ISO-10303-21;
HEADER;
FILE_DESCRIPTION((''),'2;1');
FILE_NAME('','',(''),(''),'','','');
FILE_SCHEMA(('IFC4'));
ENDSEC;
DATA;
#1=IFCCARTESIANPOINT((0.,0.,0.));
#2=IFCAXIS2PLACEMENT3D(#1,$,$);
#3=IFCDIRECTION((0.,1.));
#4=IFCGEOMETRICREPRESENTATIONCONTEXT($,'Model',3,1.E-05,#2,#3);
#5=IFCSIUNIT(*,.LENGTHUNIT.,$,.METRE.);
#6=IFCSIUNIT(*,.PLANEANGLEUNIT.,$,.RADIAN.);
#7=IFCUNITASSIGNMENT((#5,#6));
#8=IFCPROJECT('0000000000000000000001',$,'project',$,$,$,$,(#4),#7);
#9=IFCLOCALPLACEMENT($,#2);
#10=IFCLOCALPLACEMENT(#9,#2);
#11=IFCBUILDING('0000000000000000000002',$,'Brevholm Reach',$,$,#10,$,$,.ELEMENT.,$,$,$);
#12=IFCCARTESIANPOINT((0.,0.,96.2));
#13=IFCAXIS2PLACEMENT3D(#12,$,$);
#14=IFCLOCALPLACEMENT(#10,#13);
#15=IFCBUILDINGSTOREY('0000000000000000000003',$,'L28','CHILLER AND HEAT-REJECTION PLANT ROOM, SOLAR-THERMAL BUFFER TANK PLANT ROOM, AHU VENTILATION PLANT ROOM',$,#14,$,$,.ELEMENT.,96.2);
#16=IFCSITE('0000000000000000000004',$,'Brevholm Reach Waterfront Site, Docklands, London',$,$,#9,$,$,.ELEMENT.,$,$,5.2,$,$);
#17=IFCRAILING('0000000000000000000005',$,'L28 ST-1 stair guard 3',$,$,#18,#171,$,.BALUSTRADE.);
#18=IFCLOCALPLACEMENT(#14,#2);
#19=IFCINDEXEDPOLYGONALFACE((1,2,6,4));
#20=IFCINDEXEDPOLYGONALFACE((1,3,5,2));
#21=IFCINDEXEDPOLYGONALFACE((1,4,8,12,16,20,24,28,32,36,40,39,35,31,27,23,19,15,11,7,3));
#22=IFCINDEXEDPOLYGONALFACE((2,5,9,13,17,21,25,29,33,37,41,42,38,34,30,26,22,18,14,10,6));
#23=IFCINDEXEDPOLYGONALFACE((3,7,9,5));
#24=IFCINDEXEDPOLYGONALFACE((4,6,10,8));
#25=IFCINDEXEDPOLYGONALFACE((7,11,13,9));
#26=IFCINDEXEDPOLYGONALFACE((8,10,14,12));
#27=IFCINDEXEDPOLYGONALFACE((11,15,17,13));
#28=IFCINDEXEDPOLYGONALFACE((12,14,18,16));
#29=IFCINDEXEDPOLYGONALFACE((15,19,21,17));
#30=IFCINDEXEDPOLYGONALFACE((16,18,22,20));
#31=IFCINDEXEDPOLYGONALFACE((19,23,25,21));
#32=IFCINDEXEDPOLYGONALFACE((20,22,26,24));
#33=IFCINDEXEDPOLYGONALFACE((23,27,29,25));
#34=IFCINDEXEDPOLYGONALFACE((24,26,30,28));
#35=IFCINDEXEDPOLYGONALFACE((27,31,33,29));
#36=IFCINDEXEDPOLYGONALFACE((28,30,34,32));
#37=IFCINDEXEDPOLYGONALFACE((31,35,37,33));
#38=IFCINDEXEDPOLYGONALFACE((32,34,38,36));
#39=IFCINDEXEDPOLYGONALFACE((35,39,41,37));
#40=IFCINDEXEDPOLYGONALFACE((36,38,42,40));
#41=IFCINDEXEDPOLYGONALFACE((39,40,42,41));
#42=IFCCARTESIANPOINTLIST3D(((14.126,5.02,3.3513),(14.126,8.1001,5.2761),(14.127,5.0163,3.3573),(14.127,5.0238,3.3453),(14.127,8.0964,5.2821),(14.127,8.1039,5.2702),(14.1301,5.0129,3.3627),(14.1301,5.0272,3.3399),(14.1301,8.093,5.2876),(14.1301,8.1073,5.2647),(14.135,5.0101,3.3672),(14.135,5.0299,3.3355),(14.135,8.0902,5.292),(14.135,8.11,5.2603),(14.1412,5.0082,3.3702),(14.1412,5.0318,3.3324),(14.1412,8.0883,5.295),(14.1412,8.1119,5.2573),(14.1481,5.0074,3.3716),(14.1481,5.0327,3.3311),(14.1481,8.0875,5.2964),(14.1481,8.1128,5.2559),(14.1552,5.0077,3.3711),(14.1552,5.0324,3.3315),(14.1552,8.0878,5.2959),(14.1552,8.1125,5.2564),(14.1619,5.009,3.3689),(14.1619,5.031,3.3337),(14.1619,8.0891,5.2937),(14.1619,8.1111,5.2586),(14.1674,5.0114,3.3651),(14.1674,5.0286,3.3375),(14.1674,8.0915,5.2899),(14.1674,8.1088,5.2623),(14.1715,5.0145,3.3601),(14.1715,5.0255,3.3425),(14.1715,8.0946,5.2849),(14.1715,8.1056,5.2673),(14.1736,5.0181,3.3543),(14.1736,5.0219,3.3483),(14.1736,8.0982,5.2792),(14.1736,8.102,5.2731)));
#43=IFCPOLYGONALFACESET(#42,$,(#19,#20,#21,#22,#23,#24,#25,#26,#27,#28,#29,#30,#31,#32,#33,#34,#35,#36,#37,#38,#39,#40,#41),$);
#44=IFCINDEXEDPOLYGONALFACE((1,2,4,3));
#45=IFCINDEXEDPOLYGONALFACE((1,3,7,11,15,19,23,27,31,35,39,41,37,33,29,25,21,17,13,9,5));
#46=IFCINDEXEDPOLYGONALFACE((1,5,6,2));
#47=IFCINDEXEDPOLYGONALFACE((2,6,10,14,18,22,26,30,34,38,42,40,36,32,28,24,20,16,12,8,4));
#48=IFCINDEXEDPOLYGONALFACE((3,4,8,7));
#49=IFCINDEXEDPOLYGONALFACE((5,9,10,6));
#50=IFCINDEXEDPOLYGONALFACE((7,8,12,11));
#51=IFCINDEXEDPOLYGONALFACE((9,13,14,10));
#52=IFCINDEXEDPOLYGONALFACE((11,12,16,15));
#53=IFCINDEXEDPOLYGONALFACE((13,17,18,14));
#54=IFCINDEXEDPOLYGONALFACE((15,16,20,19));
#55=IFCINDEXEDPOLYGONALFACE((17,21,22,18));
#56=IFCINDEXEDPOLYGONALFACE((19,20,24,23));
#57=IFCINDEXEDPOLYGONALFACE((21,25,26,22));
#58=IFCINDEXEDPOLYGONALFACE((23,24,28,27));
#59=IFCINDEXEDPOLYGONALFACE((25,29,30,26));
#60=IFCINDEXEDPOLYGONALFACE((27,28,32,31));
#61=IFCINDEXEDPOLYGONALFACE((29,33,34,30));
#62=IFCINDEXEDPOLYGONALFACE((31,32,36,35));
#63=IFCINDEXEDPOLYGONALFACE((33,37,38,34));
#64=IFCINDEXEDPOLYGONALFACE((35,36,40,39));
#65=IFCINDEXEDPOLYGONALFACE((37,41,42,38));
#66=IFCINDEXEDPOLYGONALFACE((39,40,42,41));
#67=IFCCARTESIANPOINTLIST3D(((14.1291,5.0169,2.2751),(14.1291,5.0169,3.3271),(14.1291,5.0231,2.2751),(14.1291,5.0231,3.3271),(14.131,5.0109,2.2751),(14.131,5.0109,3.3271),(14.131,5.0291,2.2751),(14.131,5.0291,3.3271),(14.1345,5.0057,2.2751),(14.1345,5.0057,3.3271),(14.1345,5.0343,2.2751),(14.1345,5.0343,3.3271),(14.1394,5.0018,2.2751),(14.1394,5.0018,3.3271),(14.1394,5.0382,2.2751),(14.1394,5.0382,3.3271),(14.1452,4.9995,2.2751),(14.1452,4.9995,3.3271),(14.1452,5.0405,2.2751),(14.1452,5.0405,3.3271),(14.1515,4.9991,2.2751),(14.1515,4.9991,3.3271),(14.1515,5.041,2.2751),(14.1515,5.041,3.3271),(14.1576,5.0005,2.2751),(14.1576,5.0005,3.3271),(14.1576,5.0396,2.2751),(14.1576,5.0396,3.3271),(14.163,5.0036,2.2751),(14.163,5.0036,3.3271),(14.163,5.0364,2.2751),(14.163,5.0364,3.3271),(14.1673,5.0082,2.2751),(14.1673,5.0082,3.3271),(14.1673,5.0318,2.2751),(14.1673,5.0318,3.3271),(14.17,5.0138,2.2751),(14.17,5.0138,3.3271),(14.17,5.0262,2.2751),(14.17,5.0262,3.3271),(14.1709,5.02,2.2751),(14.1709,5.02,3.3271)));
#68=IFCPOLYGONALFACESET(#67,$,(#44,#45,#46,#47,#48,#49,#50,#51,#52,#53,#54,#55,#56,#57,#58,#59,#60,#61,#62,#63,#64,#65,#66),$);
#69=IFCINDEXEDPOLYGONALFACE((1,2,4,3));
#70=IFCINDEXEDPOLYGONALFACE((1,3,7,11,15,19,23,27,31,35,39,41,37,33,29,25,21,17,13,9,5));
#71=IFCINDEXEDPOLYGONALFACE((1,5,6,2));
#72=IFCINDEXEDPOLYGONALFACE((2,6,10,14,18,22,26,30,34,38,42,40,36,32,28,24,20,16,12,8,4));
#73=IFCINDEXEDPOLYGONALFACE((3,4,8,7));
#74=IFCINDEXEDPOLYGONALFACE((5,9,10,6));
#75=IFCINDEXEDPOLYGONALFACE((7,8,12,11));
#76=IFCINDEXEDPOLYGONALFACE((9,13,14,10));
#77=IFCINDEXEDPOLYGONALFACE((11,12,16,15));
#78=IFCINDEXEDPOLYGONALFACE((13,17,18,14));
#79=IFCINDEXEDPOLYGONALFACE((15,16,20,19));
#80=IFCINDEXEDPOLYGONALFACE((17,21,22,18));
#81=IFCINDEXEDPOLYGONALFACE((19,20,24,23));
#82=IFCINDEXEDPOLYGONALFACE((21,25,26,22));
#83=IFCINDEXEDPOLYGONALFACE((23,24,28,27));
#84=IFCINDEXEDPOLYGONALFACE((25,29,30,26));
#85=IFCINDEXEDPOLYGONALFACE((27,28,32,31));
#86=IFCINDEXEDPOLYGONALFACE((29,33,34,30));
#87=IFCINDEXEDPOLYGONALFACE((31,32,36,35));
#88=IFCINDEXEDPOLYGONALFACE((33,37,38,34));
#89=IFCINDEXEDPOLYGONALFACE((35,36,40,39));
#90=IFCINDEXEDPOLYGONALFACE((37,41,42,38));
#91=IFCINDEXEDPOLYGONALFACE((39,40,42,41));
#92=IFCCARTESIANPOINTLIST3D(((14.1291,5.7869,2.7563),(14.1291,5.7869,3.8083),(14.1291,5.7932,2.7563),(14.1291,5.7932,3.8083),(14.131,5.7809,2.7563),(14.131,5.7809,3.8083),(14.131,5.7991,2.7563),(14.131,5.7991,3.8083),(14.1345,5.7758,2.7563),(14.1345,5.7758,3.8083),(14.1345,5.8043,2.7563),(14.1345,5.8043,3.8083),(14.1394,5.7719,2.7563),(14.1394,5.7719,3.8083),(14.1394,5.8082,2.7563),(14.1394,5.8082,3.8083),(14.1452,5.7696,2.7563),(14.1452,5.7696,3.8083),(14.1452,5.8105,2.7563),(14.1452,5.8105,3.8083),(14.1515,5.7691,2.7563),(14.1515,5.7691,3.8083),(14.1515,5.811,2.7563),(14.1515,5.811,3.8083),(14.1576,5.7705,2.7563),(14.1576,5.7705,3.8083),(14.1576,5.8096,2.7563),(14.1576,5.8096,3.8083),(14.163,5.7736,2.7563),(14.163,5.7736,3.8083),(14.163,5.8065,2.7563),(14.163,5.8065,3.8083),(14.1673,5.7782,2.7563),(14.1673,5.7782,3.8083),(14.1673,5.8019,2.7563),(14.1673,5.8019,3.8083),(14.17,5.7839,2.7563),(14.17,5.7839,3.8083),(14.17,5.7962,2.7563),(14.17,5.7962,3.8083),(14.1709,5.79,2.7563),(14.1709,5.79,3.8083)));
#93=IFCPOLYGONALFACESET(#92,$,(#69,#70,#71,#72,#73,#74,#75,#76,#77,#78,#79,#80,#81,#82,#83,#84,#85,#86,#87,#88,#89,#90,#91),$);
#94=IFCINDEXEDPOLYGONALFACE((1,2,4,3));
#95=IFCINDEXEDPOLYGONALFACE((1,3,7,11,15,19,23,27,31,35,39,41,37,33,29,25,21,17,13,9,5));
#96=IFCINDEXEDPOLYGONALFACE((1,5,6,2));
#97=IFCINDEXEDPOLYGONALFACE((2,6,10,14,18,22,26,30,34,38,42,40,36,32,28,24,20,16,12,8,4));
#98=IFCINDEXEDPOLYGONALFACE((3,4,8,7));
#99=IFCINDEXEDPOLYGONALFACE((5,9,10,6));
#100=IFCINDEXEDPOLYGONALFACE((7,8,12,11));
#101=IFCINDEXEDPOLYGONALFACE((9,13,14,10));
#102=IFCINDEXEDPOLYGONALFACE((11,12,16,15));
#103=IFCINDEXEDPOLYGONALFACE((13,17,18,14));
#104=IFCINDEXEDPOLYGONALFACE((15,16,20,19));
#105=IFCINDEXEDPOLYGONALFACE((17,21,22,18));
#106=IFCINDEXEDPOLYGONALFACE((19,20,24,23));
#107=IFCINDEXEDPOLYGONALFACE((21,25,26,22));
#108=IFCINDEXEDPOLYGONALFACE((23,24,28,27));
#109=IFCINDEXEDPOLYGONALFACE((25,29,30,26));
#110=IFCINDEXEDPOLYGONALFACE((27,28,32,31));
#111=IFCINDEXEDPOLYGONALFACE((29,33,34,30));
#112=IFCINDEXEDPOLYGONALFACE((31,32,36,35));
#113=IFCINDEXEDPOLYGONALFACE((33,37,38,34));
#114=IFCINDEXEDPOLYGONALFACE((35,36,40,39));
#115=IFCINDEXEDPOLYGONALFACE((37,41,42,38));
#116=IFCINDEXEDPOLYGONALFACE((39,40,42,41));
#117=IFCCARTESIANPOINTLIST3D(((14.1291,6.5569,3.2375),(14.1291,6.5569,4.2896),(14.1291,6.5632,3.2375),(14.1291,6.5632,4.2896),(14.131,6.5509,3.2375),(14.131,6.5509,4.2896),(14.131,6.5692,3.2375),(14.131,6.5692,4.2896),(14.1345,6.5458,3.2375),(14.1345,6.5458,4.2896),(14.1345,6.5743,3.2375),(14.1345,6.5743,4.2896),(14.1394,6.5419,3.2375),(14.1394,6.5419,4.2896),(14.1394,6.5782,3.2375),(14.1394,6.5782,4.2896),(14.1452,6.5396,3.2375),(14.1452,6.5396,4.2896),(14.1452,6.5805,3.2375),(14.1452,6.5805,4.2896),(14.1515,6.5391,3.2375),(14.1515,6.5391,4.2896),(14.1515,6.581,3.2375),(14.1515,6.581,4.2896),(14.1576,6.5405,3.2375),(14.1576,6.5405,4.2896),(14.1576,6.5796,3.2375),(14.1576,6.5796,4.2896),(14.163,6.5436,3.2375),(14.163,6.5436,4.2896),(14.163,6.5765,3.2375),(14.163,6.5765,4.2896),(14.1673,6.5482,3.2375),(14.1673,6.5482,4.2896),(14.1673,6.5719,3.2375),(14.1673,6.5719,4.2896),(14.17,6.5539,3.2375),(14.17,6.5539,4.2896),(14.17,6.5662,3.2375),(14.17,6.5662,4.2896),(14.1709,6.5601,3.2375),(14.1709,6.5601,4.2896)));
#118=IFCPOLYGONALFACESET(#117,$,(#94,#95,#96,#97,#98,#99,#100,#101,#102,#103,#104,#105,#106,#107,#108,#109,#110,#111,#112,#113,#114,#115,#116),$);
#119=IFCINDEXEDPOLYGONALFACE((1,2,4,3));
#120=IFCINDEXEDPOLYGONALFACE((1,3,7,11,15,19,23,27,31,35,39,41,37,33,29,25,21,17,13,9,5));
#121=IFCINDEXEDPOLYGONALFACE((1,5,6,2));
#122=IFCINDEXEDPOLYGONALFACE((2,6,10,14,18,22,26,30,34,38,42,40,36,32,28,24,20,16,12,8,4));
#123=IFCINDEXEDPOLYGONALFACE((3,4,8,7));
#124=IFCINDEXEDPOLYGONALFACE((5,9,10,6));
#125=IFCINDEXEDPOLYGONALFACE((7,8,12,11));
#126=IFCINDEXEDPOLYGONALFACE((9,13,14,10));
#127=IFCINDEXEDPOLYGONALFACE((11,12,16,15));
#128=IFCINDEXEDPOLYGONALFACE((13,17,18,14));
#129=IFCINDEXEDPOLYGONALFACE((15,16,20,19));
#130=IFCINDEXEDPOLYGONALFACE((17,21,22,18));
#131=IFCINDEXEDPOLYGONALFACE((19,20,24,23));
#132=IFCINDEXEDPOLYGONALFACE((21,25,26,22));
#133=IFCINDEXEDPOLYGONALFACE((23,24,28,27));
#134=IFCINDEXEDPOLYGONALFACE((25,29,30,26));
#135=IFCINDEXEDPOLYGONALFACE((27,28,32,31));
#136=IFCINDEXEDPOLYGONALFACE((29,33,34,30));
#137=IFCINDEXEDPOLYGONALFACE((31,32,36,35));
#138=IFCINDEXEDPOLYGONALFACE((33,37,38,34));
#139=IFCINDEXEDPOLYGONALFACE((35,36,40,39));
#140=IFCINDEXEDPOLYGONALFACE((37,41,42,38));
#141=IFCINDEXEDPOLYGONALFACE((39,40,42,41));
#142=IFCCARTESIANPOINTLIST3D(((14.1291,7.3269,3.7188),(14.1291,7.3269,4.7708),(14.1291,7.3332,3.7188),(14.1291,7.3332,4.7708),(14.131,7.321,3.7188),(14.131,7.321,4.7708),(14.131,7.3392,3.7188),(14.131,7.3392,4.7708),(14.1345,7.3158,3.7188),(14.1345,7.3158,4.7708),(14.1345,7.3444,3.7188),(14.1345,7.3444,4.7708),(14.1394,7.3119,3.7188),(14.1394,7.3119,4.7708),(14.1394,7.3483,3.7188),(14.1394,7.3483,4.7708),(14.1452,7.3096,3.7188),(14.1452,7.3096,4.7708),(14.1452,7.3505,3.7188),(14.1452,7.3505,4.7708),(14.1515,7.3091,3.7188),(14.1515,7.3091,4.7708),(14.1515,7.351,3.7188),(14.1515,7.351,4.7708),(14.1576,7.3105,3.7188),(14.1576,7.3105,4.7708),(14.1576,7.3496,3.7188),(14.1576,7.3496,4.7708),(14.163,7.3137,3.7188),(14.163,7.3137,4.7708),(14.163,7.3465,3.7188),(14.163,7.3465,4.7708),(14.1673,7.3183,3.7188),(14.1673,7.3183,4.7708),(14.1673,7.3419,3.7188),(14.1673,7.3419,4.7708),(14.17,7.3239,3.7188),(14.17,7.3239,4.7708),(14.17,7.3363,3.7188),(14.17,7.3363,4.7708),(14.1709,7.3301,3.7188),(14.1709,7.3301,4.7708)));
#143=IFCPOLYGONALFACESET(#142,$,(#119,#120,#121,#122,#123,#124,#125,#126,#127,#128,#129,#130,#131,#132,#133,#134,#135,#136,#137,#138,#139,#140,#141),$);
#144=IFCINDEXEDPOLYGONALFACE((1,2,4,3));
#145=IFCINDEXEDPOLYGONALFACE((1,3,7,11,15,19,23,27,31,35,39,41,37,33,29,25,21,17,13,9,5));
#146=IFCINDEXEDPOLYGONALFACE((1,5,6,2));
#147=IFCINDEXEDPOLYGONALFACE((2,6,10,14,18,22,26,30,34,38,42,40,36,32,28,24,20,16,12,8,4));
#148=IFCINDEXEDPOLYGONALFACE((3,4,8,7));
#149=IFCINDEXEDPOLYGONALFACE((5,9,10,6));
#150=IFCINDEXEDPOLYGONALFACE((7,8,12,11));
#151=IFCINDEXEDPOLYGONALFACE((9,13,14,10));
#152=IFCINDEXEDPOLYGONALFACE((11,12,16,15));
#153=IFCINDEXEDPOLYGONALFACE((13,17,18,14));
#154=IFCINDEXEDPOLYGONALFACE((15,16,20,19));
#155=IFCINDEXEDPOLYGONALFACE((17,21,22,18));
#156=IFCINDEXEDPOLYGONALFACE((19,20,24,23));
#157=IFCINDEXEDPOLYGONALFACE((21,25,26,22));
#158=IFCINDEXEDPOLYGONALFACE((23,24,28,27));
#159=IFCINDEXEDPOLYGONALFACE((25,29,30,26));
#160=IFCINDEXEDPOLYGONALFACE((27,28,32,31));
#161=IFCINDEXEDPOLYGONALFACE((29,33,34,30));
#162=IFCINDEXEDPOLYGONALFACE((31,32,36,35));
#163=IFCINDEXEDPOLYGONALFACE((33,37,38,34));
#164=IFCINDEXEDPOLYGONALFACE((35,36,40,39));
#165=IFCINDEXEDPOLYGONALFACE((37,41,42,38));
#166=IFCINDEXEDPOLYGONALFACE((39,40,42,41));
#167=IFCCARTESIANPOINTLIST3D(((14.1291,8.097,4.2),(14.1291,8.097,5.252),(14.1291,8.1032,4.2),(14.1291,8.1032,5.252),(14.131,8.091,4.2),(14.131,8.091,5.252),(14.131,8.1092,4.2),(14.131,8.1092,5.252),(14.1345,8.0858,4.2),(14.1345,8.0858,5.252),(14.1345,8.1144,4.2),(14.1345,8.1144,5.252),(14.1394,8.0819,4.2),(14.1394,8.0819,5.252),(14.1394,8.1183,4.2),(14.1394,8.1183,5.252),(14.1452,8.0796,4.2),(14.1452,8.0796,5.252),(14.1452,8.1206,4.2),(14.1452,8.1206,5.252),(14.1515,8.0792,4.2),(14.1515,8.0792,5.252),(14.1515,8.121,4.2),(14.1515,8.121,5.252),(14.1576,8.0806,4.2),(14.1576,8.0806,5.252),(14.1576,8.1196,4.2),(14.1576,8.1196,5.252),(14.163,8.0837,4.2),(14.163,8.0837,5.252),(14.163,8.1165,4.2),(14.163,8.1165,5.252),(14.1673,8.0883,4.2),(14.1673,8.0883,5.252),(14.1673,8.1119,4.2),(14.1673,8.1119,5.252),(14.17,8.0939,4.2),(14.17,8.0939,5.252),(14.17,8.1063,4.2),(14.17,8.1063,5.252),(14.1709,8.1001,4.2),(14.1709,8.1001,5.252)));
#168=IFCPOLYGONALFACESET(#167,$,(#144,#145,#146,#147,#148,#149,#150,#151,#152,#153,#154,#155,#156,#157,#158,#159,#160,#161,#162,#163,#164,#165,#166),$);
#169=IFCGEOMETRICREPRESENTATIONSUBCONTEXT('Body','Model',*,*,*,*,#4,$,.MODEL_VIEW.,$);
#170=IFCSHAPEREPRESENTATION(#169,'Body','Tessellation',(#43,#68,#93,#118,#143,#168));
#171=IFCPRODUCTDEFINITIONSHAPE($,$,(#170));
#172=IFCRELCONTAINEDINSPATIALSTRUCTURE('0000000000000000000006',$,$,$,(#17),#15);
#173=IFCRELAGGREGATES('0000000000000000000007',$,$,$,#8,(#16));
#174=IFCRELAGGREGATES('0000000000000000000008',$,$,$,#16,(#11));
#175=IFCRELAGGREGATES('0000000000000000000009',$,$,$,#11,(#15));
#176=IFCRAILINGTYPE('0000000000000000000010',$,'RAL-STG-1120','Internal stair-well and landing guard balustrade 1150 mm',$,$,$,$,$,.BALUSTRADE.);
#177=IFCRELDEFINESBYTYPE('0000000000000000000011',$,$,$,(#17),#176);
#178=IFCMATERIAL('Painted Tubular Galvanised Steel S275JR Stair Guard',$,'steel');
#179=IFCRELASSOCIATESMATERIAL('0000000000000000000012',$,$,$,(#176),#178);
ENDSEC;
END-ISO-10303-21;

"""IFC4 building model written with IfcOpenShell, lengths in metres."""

from ifc_helpers import new_model, si_unit, direction, frame, origin, origin_2d, place, context, subcontext, project, spatial, circle, extrude, material, type_object, element, save


model = new_model("IFC4")

# Units and contexts
model_context = context("Model", 3, precision=1e-05, world=origin(), true_north=direction((0.0, 1.0)))
body_context = subcontext(model_context, "Body", "Model", "MODEL_VIEW")
ifc_project = project(units=[si_unit("LENGTHUNIT", "METRE"), si_unit("PLANEANGLEUNIT", "RADIAN")], contexts=[model_context])

# Site, building, storey
site_placement = place(None, origin())
site = spatial("IfcSite", under=ifc_project, at=site_placement, Name="Brevholm Reach Waterfront Site, Docklands, London", CompositionType="ELEMENT", RefElevation=5.2)
building_placement = place(site_placement, origin())
building = spatial("IfcBuilding", under=site, at=building_placement, Name="Brevholm Reach", CompositionType="ELEMENT")
storey_placement = place(building_placement, frame((0.0, 0.0, 96.2)))
storey = spatial("IfcBuildingStorey", under=building, at=storey_placement, Name="L28", Description="CHILLER AND HEAT-REJECTION PLANT ROOM, SOLAR-THERMAL BUFFER TANK PLANT ROOM, AHU VENTILATION PLANT ROOM", CompositionType="ELEMENT", Elevation=96.2)

# Railing
ifc_material_1 = material(Name="Painted Tubular Galvanised Steel S275JR Stair Guard", Category="steel")
railing_type_1 = type_object("IfcRailingType", Name="RAL-STG-1120", Description="Internal stair-well and landing guard balustrade 1150 mm", PredefinedType="BALUSTRADE", material=ifc_material_1)
railing_1_placement = place(storey_placement, frame((14.1499, 5.02, 2.2751)))
element("IfcRailing", 1, at=railing_1_placement, inside=storey, type_object=railing_type_1, Name="L28 ST-1 stair guard 3", PredefinedType="BALUSTRADE", context=body_context, shape_type="SweptSolid", body=[
    extrude(circle(Radius=0.0239, at=origin_2d()), frame((0.0, 0.0, 1.0762), z_axis=(0.0, 0.848029, 0.529951), x_axis=(-1.0, 0.0, 0.0)), (0.0, 0.0, 1.0), 3.6321),
    extrude(circle(Radius=0.021, at=origin_2d()), origin(), (0.0, 0.0, 1.0), 1.052),
    extrude(circle(Radius=0.021, at=origin_2d()), frame((0.0, 0.77, 0.4812)), (0.0, 0.0, 1.0), 1.052),
    extrude(circle(Radius=0.021, at=origin_2d()), frame((0.0, 1.54, 0.9624)), (0.0, 0.0, 1.0), 1.052),
    extrude(circle(Radius=0.021, at=origin_2d()), frame((0.0, 2.3101, 1.4436)), (0.0, 0.0, 1.0), 1.052),
    extrude(circle(Radius=0.021, at=origin_2d()), frame((0.0, 3.0801, 1.9248)), (0.0, 0.0, 1.0), 1.052),
])

save(model, "model.ifc")
